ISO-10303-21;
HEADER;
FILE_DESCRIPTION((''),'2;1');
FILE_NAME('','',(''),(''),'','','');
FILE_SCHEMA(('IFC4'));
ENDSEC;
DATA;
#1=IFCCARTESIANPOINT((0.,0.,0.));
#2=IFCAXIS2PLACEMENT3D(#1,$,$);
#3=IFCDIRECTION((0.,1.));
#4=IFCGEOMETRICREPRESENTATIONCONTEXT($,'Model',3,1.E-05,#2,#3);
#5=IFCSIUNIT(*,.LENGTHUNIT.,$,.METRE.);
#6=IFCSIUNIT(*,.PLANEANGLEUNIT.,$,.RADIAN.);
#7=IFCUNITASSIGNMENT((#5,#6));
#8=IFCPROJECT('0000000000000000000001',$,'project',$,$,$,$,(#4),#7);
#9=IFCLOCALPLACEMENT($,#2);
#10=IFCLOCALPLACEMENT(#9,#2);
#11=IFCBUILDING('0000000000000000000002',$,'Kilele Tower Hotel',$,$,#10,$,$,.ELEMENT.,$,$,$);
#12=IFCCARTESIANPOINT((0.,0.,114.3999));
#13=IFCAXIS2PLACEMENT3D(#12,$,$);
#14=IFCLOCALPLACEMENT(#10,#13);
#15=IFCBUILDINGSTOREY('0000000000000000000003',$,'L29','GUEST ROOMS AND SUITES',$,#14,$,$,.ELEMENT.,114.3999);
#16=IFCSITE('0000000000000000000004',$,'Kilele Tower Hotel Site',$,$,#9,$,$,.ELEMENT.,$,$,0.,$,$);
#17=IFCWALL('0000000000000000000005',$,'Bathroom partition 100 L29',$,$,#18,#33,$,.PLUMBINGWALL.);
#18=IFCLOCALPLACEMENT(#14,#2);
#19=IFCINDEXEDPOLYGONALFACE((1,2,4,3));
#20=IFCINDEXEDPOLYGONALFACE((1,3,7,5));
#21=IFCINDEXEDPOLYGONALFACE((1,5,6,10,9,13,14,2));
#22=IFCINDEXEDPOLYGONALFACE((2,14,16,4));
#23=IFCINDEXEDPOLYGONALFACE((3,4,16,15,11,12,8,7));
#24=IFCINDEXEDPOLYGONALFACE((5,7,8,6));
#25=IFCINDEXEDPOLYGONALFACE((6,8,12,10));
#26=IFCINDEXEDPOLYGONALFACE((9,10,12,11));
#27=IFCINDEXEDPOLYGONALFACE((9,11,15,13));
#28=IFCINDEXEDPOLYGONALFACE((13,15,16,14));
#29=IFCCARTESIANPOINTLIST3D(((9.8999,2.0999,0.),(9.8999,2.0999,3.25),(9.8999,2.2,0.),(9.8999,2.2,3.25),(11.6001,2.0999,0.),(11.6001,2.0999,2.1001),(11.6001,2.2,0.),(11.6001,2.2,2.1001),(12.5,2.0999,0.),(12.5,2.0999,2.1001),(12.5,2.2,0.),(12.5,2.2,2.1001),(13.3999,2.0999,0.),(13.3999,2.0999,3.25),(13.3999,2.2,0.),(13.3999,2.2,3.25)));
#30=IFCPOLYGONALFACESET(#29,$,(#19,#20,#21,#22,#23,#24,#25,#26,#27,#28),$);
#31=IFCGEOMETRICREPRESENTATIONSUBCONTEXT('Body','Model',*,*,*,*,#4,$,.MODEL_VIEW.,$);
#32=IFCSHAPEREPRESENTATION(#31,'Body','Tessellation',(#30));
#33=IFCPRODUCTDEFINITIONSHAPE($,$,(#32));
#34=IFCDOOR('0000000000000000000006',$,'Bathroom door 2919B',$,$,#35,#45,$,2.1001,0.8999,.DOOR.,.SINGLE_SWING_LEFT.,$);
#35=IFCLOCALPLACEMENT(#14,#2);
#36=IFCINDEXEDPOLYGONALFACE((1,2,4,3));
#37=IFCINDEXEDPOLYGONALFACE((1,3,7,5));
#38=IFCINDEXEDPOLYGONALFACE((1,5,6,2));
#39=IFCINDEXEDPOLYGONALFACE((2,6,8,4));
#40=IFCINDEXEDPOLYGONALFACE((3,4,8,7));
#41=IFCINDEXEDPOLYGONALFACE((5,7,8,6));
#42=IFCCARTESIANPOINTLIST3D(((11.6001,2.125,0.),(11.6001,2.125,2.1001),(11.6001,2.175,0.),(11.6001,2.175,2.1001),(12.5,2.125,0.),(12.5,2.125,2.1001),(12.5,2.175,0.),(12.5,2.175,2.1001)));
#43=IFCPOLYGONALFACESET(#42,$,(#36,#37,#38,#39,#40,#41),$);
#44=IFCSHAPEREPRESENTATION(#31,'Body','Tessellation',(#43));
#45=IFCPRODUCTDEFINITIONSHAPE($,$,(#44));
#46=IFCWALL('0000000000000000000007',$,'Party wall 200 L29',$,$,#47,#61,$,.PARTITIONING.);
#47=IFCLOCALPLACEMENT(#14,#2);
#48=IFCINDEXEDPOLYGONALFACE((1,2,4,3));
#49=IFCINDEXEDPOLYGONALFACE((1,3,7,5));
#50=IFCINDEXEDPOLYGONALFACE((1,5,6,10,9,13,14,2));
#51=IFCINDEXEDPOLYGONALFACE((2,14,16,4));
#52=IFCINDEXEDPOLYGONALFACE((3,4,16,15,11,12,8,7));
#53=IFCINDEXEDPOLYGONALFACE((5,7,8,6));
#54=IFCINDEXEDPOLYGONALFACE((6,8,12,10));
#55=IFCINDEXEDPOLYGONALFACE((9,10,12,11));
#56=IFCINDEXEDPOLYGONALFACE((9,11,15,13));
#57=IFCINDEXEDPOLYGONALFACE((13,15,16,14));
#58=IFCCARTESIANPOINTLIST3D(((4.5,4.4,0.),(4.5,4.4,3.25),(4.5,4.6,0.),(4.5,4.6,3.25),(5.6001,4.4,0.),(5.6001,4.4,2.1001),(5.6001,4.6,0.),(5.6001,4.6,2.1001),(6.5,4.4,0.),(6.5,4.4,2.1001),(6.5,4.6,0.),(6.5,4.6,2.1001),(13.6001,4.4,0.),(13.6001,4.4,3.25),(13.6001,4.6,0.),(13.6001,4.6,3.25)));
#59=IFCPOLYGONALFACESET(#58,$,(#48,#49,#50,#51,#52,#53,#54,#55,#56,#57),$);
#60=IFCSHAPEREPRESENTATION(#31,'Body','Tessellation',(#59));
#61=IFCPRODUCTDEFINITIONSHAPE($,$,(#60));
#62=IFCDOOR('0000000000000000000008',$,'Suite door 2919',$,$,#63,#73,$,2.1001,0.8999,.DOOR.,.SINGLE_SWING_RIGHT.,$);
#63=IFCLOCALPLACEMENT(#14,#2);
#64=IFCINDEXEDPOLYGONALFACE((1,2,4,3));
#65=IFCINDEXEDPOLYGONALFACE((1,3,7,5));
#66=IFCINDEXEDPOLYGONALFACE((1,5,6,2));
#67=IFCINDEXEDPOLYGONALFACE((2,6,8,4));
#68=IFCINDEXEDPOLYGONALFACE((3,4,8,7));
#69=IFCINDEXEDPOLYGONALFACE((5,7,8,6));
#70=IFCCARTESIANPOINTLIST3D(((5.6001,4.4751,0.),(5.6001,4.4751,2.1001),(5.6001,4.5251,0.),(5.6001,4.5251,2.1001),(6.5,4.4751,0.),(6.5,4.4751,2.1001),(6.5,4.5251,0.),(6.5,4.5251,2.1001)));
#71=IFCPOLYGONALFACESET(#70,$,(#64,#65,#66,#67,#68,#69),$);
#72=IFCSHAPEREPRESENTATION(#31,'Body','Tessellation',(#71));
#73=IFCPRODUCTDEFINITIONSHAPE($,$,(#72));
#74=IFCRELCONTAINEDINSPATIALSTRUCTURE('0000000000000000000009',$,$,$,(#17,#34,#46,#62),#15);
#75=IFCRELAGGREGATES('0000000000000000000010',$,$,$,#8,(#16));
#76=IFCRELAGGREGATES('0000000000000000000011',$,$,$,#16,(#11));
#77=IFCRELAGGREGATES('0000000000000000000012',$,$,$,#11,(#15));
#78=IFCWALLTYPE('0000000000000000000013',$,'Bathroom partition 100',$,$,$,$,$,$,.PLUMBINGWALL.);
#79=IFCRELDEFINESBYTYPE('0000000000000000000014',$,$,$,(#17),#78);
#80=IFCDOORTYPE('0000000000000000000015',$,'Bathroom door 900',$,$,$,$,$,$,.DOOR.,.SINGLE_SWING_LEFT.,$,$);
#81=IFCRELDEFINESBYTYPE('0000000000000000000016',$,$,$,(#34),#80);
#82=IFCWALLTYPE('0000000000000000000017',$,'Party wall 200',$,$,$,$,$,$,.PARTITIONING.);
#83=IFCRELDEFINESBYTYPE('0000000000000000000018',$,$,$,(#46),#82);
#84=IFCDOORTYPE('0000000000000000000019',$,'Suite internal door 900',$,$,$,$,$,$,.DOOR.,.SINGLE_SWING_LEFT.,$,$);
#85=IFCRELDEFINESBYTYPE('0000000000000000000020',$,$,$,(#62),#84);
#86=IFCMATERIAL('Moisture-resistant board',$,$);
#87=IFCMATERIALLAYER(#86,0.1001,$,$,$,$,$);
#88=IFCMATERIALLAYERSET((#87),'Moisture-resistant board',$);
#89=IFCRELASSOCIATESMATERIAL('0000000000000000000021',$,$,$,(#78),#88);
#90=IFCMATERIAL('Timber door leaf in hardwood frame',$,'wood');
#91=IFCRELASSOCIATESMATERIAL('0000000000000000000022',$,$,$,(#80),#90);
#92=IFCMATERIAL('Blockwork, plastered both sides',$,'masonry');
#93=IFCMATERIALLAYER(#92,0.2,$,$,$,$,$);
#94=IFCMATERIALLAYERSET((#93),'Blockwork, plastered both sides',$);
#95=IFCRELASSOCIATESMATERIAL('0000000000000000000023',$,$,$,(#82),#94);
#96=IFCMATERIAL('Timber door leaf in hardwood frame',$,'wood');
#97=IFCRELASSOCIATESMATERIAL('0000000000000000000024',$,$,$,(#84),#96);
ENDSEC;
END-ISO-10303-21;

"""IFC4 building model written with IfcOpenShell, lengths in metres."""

from ifc_helpers import new_model, si_unit, direction, frame, frame_2d, origin, place, context, subcontext, project, spatial, rectangle, extrude, material, layer, layer_set, type_object, element, fill, save


model = new_model("IFC4")

# Units and contexts
model_context = context("Model", 3, precision=1e-05, world=origin(), true_north=direction((0.0, 1.0)))
body_context = subcontext(model_context, "Body", "Model", "MODEL_VIEW")
ifc_project = project(units=[si_unit("LENGTHUNIT", "METRE"), si_unit("PLANEANGLEUNIT", "RADIAN")], contexts=[model_context])

# Site, building, storey
site_placement = place(None, origin())
site = spatial("IfcSite", under=ifc_project, at=site_placement, Name="Kilele Tower Hotel Site", CompositionType="ELEMENT", RefElevation=0.0)
building_placement = place(site_placement, origin())
building = spatial("IfcBuilding", under=site, at=building_placement, Name="Kilele Tower Hotel", CompositionType="ELEMENT")
storey_placement = place(building_placement, frame((0.0, 0.0, 114.3999)))
storey = spatial("IfcBuildingStorey", under=building, at=storey_placement, Name="L29", Description="GUEST ROOMS AND SUITES", CompositionType="ELEMENT", Elevation=114.3999)

# Shared definitions
ifc_material_1 = material(Name="Moisture-resistant board")
ifc_layer_1 = layer(ifc_material_1, 0.1001)
ifc_layer_set_1 = layer_set([ifc_layer_1], Name="Moisture-resistant board")
wall_type_1 = type_object("IfcWallType", Name="Bathroom partition 100", PredefinedType="PLUMBINGWALL", material=ifc_layer_set_1)

# Shared definitions
ifc_material_2 = material(Name="Timber door leaf in hardwood frame", Category="wood")
door_type_1 = type_object("IfcDoorType", Name="Bathroom door 900", OperationType="SINGLE_SWING_LEFT", PredefinedType="DOOR", material=ifc_material_2)

# Walls, openings, doors
wall_1_placement = place(storey_placement, frame((13.3999, 2.1499, 0.0), z_axis=(0.0, 0.0, 1.0), x_axis=(-1.0, 0.0, 0.0)))
wall_1 = element("IfcWall", 1, at=wall_1_placement, inside=storey, type_object=wall_type_1, Name="Bathroom partition 100 L29", PredefinedType="PLUMBINGWALL", context=body_context, shape_type="SweptSolid", body=[
    extrude(rectangle(XDim=3.5, YDim=0.1001, at=frame_2d((1.75, 0.0))), origin(), (0.0, 0.0, 1.0), 3.25),
])
opening_1_placement = place(wall_1_placement, frame((0.8999, 0.0, 0.0)))
opening_1 = element("IfcOpeningElement", 2, at=opening_1_placement, cuts=wall_1, PredefinedType="OPENING", context=body_context, shape_type="SweptSolid", body=[
    extrude(rectangle(XDim=0.8999, YDim=2.1001, at=frame_2d((0.45, 1.05))), frame((0.0, 0.0601, 0.0), z_axis=(0.0, -1.0, 0.0), x_axis=(1.0, 0.0, 0.0)), (0.0, 0.0, 1.0), 0.1201),
])
door_1_placement = place(opening_1_placement, origin())
door_1 = element("IfcDoor", 3, at=door_1_placement, inside=storey, type_object=door_type_1, Name="Bathroom door 2919B", OperationType="SINGLE_SWING_LEFT", OverallHeight=2.1001, OverallWidth=0.8999, PredefinedType="DOOR", context=body_context, shape_type="SweptSolid", body=[
    extrude(rectangle(XDim=0.8999, YDim=2.1001, at=frame_2d((0.45, 1.05))), frame((0.0, 0.0249, 0.0), z_axis=(0.0, -1.0, 0.0), x_axis=(1.0, 0.0, 0.0)), (0.0, 0.0, 1.0), 0.05),
])
fill(opening_1, door_1)
ifc_material_3 = material(Name="Blockwork, plastered both sides", Category="masonry")
ifc_layer_2 = layer(ifc_material_3, 0.2)
ifc_layer_set_2 = layer_set([ifc_layer_2], Name="Blockwork, plastered both sides")
wall_type_2 = type_object("IfcWallType", Name="Party wall 200", PredefinedType="PARTITIONING", material=ifc_layer_set_2)
wall_2_placement = place(storey_placement, frame((13.6001, 4.5, 0.0), z_axis=(0.0, 0.0, 1.0), x_axis=(-1.0, 0.0, 0.0)))
wall_2 = element("IfcWall", 4, at=wall_2_placement, inside=storey, type_object=wall_type_2, Name="Party wall 200 L29", PredefinedType="PARTITIONING", context=body_context, shape_type="SweptSolid", body=[
    extrude(rectangle(XDim=9.1001, YDim=0.2, at=frame_2d((4.55, 0.0))), origin(), (0.0, 0.0, 1.0), 3.25),
])
opening_2_placement = place(wall_2_placement, frame((7.1001, 0.0, 0.0)))
opening_2 = element("IfcOpeningElement", 5, at=opening_2_placement, cuts=wall_2, PredefinedType="OPENING", context=body_context, shape_type="SweptSolid", body=[
    extrude(rectangle(XDim=0.8999, YDim=2.1001, at=frame_2d((0.45, 1.05))), frame((0.0, 0.1099, 0.0), z_axis=(0.0, -1.0, 0.0), x_axis=(1.0, 0.0, 0.0)), (0.0, 0.0, 1.0), 0.22),
])
ifc_material_4 = material(Name="Timber door leaf in hardwood frame", Category="wood")
door_type_2 = type_object("IfcDoorType", Name="Suite internal door 900", OperationType="SINGLE_SWING_LEFT", PredefinedType="DOOR", material=ifc_material_4)
door_2_placement = place(opening_2_placement, origin())
door_2 = element("IfcDoor", 6, at=door_2_placement, inside=storey, type_object=door_type_2, Name="Suite door 2919", OperationType="SINGLE_SWING_RIGHT", OverallHeight=2.1001, OverallWidth=0.8999, PredefinedType="DOOR", context=body_context, shape_type="SweptSolid", body=[
    extrude(rectangle(XDim=0.8999, YDim=2.1001, at=frame_2d((0.45, 1.05))), frame((0.0, 0.0249, 0.0), z_axis=(0.0, -1.0, 0.0), x_axis=(1.0, 0.0, 0.0)), (0.0, 0.0, 1.0), 0.05),
])
fill(opening_2, door_2)

save(model, "model.ifc")
